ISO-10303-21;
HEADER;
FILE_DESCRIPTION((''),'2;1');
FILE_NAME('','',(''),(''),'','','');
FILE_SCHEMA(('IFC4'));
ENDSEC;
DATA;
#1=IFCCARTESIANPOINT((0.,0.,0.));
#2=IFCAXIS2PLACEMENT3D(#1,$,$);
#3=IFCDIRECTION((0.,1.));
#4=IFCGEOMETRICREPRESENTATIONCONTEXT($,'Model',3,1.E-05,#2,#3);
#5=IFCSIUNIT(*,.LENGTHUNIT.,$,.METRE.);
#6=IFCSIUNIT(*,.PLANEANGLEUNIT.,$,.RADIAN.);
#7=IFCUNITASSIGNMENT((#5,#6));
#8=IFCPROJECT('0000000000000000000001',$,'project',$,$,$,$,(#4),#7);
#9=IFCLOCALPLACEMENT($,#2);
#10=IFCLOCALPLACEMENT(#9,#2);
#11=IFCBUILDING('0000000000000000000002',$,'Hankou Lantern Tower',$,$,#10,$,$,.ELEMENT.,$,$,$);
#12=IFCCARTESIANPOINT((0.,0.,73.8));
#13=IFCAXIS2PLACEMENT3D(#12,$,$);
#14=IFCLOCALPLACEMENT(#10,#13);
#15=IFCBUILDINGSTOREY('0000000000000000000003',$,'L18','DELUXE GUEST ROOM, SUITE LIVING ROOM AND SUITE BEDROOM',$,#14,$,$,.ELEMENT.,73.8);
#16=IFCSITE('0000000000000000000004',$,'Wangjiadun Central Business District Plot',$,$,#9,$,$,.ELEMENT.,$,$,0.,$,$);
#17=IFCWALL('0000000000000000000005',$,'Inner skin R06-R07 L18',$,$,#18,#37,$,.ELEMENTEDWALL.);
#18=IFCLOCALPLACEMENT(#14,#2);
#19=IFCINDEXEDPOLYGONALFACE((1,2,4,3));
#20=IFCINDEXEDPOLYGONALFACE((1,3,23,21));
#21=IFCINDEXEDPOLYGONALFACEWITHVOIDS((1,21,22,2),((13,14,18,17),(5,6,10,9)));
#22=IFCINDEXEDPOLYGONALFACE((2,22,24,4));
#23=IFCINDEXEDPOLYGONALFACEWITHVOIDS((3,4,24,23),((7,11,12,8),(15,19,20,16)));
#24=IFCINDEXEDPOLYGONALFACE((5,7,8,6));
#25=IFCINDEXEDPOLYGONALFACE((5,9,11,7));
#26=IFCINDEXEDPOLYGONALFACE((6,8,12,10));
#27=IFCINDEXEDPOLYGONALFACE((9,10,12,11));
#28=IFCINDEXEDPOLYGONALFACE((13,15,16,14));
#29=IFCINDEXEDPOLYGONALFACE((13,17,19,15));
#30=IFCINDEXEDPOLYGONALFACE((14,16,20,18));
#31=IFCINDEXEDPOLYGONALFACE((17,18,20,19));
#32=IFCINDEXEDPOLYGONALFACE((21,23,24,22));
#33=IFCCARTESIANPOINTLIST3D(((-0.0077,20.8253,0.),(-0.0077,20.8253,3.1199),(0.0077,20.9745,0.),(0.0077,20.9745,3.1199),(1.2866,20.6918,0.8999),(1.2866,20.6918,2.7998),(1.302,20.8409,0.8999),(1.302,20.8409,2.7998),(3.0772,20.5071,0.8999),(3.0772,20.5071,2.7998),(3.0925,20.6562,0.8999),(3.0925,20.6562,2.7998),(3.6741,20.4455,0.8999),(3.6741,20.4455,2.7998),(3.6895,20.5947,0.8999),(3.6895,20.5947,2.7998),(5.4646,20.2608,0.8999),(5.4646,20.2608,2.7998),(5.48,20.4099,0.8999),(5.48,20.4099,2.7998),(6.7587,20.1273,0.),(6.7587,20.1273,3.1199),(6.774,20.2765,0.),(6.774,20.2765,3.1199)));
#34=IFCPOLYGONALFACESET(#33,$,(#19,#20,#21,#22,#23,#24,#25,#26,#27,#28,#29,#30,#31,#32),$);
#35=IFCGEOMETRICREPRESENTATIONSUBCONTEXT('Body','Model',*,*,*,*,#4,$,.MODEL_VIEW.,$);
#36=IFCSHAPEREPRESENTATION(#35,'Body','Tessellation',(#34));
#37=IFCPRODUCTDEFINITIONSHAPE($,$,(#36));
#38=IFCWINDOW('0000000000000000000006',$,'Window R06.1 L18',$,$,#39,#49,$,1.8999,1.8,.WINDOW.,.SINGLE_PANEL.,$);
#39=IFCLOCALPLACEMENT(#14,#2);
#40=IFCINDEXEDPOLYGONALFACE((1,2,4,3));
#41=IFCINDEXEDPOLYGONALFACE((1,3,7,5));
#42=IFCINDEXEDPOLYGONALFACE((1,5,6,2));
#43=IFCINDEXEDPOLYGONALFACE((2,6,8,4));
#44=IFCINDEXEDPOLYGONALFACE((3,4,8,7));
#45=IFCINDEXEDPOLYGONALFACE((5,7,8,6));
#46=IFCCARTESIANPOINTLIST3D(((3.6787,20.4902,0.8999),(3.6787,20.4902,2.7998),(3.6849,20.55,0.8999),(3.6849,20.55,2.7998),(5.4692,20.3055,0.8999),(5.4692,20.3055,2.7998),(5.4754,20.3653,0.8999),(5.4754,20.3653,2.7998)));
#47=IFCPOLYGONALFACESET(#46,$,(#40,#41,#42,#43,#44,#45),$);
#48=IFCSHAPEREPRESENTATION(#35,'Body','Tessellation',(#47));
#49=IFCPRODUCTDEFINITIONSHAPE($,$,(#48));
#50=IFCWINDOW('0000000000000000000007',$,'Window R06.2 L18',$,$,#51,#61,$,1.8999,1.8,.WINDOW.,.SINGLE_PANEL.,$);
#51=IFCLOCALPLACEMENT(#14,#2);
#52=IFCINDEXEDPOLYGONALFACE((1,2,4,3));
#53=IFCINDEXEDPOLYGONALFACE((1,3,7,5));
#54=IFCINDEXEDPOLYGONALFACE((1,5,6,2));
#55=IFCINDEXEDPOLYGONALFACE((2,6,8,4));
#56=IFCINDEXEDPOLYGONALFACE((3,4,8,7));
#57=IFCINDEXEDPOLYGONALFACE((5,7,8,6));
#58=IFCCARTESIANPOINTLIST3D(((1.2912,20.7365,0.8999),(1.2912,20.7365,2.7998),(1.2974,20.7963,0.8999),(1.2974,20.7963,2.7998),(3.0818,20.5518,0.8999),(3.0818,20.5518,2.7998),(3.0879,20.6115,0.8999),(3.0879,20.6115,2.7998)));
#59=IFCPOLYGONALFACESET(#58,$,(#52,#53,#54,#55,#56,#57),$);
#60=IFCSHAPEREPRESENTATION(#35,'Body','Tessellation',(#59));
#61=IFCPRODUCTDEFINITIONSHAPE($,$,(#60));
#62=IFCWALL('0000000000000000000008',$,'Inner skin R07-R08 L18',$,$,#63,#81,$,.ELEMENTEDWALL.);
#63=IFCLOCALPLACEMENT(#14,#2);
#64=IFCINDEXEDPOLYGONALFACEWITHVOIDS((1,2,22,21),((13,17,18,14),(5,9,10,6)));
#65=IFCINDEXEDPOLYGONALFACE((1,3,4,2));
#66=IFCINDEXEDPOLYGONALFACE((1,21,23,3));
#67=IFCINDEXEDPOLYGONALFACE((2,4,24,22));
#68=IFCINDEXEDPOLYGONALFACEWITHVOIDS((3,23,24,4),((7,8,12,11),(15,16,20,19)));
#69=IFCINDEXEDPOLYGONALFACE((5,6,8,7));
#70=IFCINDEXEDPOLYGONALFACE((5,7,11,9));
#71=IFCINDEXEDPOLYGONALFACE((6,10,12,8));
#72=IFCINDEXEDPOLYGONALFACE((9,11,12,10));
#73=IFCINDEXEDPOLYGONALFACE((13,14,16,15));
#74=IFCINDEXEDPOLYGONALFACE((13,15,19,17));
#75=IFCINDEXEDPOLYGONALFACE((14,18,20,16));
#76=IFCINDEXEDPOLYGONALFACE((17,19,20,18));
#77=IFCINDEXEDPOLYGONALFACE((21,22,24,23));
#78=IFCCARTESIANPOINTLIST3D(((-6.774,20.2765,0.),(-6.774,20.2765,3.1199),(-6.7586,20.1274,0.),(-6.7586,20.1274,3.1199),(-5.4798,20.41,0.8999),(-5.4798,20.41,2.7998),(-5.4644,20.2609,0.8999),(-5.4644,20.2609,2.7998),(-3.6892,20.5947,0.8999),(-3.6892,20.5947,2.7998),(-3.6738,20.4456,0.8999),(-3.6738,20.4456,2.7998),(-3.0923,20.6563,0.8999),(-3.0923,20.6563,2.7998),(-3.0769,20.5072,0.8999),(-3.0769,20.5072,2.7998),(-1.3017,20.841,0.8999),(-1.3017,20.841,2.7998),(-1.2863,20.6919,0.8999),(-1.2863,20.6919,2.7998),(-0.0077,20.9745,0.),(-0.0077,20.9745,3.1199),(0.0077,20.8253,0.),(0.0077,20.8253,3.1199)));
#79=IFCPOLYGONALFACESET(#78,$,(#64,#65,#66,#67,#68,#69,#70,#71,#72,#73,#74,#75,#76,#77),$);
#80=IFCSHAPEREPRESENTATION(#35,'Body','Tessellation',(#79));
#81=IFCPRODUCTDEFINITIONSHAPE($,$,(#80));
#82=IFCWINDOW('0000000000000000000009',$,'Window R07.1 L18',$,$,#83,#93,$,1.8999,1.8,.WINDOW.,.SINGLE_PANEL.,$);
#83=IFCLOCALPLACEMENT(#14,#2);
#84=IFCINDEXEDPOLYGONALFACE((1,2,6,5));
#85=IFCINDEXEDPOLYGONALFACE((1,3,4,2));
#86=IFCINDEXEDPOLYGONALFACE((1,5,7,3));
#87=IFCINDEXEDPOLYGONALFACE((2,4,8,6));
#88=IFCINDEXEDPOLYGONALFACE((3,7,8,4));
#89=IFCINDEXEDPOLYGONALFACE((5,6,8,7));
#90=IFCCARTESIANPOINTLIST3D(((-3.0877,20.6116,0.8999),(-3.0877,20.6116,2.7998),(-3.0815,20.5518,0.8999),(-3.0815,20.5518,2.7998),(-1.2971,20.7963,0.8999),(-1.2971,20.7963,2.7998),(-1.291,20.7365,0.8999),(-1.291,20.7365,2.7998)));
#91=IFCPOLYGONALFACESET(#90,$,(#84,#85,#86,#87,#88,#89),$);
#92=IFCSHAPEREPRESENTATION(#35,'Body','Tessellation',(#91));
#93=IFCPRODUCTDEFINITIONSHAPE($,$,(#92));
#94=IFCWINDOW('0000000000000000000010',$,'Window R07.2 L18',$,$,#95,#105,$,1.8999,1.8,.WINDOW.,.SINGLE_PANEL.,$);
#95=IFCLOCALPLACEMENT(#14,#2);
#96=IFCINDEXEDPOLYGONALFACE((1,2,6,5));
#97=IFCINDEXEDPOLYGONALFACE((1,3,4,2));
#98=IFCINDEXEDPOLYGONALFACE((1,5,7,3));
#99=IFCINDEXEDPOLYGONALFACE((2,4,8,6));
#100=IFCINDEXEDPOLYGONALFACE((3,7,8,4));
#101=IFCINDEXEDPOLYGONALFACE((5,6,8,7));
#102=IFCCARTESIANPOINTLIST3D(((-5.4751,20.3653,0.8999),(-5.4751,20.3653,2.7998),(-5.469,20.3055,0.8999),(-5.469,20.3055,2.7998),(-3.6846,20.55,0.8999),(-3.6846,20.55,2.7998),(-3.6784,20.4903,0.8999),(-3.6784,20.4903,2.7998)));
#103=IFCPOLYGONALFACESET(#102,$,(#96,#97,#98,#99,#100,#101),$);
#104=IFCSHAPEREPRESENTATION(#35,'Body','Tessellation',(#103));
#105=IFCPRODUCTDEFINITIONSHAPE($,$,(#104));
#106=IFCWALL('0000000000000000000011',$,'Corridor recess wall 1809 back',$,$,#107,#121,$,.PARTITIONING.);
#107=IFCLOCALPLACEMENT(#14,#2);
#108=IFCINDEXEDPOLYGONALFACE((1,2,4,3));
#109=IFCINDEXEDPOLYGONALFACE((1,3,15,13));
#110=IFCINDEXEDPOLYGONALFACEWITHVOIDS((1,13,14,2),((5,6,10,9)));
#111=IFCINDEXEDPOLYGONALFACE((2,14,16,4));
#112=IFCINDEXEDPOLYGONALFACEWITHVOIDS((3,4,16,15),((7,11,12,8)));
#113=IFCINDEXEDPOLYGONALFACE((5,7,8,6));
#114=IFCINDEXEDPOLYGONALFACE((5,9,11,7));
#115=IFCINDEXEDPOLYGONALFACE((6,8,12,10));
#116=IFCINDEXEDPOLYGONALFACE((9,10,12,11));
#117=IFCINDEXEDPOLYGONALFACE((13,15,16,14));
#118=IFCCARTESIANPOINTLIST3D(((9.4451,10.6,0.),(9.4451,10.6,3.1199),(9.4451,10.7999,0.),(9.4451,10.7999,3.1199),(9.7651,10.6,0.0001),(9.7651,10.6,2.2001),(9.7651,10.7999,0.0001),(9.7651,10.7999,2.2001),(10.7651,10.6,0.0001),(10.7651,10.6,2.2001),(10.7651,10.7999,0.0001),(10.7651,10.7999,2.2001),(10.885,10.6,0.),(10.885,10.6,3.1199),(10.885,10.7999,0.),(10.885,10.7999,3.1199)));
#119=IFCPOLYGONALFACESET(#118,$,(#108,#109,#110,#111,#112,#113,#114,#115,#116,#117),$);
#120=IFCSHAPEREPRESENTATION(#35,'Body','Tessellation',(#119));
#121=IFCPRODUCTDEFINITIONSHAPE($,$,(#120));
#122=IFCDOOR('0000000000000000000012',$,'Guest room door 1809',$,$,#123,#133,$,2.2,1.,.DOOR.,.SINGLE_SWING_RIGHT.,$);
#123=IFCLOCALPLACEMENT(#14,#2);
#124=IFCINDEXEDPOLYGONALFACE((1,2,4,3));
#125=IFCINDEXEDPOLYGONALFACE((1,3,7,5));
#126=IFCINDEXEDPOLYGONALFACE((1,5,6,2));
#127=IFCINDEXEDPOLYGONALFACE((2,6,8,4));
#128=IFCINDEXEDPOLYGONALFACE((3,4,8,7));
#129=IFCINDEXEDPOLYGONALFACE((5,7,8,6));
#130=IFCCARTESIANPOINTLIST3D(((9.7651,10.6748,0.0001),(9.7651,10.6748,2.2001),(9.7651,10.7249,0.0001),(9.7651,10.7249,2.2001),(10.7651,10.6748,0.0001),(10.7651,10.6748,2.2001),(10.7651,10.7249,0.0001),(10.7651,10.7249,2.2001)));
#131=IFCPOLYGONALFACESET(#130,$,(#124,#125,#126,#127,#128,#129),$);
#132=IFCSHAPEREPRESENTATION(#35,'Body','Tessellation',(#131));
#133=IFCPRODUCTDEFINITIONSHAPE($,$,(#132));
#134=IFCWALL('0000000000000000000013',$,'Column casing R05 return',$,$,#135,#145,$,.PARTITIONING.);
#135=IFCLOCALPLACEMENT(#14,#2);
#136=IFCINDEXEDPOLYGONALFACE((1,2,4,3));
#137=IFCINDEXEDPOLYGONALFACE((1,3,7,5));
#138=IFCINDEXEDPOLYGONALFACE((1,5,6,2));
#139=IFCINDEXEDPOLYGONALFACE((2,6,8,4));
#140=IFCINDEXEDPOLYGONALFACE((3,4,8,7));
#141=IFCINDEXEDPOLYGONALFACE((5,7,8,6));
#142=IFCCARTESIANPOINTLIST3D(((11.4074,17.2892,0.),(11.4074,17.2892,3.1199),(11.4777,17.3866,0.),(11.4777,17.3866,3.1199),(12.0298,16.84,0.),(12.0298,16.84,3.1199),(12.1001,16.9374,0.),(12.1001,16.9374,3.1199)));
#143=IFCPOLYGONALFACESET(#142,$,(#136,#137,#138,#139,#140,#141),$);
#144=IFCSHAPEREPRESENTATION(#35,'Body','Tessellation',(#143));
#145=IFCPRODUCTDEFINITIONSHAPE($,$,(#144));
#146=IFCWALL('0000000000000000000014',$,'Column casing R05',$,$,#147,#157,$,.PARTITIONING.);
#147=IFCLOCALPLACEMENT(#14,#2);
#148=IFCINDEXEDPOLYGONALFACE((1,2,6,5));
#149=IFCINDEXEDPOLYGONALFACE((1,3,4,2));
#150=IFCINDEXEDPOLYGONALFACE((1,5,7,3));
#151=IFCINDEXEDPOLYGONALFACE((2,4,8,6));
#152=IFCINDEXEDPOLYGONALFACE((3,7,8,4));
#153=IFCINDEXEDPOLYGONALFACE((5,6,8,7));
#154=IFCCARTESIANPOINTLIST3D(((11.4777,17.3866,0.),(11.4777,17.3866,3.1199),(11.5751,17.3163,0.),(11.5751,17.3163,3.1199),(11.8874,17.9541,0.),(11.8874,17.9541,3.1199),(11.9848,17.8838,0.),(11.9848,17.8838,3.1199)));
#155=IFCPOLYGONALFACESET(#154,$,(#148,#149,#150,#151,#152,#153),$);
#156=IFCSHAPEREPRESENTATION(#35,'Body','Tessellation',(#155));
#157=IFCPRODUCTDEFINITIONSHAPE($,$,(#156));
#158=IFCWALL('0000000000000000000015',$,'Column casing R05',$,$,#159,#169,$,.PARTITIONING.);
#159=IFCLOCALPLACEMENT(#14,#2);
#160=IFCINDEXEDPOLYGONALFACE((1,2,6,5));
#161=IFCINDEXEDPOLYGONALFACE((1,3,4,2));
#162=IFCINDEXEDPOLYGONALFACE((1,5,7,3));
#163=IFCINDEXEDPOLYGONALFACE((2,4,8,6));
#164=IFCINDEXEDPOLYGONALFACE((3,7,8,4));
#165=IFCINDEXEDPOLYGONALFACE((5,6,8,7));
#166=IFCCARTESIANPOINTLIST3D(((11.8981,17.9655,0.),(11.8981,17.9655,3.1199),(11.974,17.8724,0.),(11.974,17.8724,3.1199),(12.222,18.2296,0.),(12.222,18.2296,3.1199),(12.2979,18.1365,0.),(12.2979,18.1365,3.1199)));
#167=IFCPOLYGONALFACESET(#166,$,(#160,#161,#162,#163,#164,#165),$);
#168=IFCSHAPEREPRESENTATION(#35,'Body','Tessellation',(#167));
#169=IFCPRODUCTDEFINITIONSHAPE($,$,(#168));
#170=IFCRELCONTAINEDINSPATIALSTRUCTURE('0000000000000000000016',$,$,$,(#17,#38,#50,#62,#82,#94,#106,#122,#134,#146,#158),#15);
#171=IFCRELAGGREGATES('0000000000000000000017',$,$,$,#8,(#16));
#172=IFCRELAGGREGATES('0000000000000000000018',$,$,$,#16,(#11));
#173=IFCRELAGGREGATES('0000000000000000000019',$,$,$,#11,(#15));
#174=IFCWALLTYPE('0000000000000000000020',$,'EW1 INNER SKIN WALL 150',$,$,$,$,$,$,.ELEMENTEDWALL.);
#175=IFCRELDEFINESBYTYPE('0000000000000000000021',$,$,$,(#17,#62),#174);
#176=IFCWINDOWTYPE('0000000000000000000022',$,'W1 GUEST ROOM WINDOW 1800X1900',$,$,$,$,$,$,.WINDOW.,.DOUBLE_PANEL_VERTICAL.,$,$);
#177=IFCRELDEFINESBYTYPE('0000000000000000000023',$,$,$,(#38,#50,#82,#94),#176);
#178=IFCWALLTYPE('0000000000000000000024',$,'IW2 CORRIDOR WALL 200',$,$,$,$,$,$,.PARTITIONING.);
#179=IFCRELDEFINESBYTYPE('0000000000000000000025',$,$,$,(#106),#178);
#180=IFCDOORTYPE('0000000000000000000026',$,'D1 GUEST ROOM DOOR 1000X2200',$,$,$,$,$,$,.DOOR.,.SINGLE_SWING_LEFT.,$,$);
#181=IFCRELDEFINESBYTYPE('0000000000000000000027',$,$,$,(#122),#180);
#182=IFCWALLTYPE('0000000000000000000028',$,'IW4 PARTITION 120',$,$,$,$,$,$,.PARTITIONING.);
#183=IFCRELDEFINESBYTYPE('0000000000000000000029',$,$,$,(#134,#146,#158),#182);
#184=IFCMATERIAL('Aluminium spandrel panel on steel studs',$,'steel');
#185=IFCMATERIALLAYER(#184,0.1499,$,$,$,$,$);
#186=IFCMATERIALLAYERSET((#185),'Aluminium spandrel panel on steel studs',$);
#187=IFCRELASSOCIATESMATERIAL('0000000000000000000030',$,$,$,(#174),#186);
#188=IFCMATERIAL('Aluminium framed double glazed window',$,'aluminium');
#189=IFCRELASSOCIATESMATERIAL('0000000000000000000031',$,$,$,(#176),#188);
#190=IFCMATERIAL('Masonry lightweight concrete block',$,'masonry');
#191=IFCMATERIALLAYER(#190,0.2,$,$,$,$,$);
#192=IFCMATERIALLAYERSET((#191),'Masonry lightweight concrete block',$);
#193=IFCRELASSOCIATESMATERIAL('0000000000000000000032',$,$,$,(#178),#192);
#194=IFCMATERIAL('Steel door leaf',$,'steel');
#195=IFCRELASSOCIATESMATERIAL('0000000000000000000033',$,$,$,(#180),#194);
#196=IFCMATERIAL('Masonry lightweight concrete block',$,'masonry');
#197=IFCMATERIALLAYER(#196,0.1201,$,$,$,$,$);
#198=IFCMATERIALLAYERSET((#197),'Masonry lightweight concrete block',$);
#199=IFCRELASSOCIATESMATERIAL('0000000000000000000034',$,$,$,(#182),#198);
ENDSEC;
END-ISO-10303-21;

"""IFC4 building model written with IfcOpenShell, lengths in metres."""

from ifc_helpers import new_model, si_unit, direction, frame, frame_2d, origin, place, context, subcontext, project, spatial, rectangle, extrude, material, layer, layer_set, type_object, element, fill, save


model = new_model("IFC4")

# Units and contexts
model_context = context("Model", 3, precision=1e-05, world=origin(), true_north=direction((0.0, 1.0)))
body_context = subcontext(model_context, "Body", "Model", "MODEL_VIEW")
ifc_project = project(units=[si_unit("LENGTHUNIT", "METRE"), si_unit("PLANEANGLEUNIT", "RADIAN")], contexts=[model_context])

# Site, building, storey
site_placement = place(None, origin())
site = spatial("IfcSite", under=ifc_project, at=site_placement, Name="Wangjiadun Central Business District Plot", CompositionType="ELEMENT", RefElevation=0.0)
building_placement = place(site_placement, origin())
building = spatial("IfcBuilding", under=site, at=building_placement, Name="Hankou Lantern Tower", CompositionType="ELEMENT")
storey_placement = place(building_placement, frame((0.0, 0.0, 73.8)))
storey = spatial("IfcBuildingStorey", under=building, at=storey_placement, Name="L18", Description="DELUXE GUEST ROOM, SUITE LIVING ROOM AND SUITE BEDROOM", CompositionType="ELEMENT", Elevation=73.8)

# Walls, openings, windows
ifc_material_1 = material(Name="Aluminium spandrel panel on steel studs", Category="steel")
ifc_layer_1 = layer(ifc_material_1, 0.1499)
ifc_layer_set_1 = layer_set([ifc_layer_1], Name="Aluminium spandrel panel on steel studs")
wall_type_1 = type_object("IfcWallType", Name="EW1 INNER SKIN WALL 150", PredefinedType="ELEMENTEDWALL", material=ifc_layer_set_1)
wall_1_placement = place(storey_placement, frame((6.7664, 20.2019, 0.0), z_axis=(0.0, 0.0, 1.0), x_axis=(-0.994721, 0.102613, 0.0)))
wall_1 = element("IfcWall", 1, at=wall_1_placement, inside=storey, type_object=wall_type_1, Name="Inner skin R06-R07 L18", PredefinedType="ELEMENTEDWALL", context=body_context, shape_type="SweptSolid", body=[
    extrude(rectangle(XDim=6.8022, YDim=0.1499, at=frame_2d((3.4011, 0.0))), origin(), (0.0, 0.0, 1.0), 3.1199),
])
opening_1_placement = place(wall_1_placement, frame((1.301, 0.0, 0.8999)))
opening_1 = element("IfcOpeningElement", 2, at=opening_1_placement, cuts=wall_1, PredefinedType="OPENING", context=body_context, shape_type="SweptSolid", body=[
    extrude(rectangle(XDim=1.8, YDim=1.8999, at=frame_2d((0.8999, 0.95))), frame((0.0, 0.085, 0.0), z_axis=(0.0, -1.0, 0.0), x_axis=(1.0, 0.0, 0.0)), (0.0, 0.0, 1.0), 0.1699),
])
opening_2_placement = place(wall_1_placement, frame((3.7012, 0.0, 0.8999)))
opening_2 = element("IfcOpeningElement", 3, at=opening_2_placement, cuts=wall_1, PredefinedType="OPENING", context=body_context, shape_type="SweptSolid", body=[
    extrude(rectangle(XDim=1.8, YDim=1.8999, at=frame_2d((0.8999, 0.95))), frame((0.0, 0.085, 0.0), z_axis=(0.0, -1.0, 0.0), x_axis=(1.0, 0.0, 0.0)), (0.0, 0.0, 1.0), 0.1699),
])
ifc_material_2 = material(Name="Aluminium framed double glazed window", Category="aluminium")
window_type = type_object("IfcWindowType", Name="W1 GUEST ROOM WINDOW 1800X1900", PartitioningType="DOUBLE_PANEL_VERTICAL", PredefinedType="WINDOW", material=ifc_material_2)
window_1_placement = place(opening_1_placement, origin())
window_1 = element("IfcWindow", 4, at=window_1_placement, inside=storey, type_object=window_type, Name="Window R06.1 L18", OverallHeight=1.8999, OverallWidth=1.8, PartitioningType="SINGLE_PANEL", PredefinedType="WINDOW", context=body_context, shape_type="SweptSolid", body=[
    extrude(rectangle(XDim=1.8, YDim=1.8999, at=frame_2d((0.8999, 0.95))), frame((0.0, 0.03, 0.0), z_axis=(0.0, -1.0, 0.0), x_axis=(1.0, 0.0, 0.0)), (0.0, 0.0, 1.0), 0.0601),
])
fill(opening_1, window_1)
window_2_placement = place(opening_2_placement, origin())
window_2 = element("IfcWindow", 5, at=window_2_placement, inside=storey, type_object=window_type, Name="Window R06.2 L18", OverallHeight=1.8999, OverallWidth=1.8, PartitioningType="SINGLE_PANEL", PredefinedType="WINDOW", context=body_context, shape_type="SweptSolid", body=[
    extrude(rectangle(XDim=1.8, YDim=1.8999, at=frame_2d((0.8999, 0.95))), frame((0.0, 0.03, 0.0), z_axis=(0.0, -1.0, 0.0), x_axis=(1.0, 0.0, 0.0)), (0.0, 0.0, 1.0), 0.0601),
])
fill(opening_2, window_2)
wall_2_placement = place(storey_placement, frame((0.0, 20.8999, 0.0), z_axis=(0.0, 0.0, 1.0), x_axis=(-0.994721, -0.102613, 0.0)))
wall_2 = element("IfcWall", 6, at=wall_2_placement, inside=storey, type_object=wall_type_1, Name="Inner skin R07-R08 L18", PredefinedType="ELEMENTEDWALL", context=body_context, shape_type="SweptSolid", body=[
    extrude(rectangle(XDim=6.8022, YDim=0.1499, at=frame_2d((3.4011, 0.0))), origin(), (0.0, 0.0, 1.0), 3.1199),
])
opening_3_placement = place(wall_2_placement, frame((1.301, 0.0, 0.8999)))
opening_3 = element("IfcOpeningElement", 7, at=opening_3_placement, cuts=wall_2, PredefinedType="OPENING", context=body_context, shape_type="SweptSolid", body=[
    extrude(rectangle(XDim=1.8, YDim=1.8999, at=frame_2d((0.8999, 0.95))), frame((0.0, 0.085, 0.0), z_axis=(0.0, -1.0, 0.0), x_axis=(1.0, 0.0, 0.0)), (0.0, 0.0, 1.0), 0.1699),
])
opening_4_placement = place(wall_2_placement, frame((3.7012, 0.0, 0.8999)))
opening_4 = element("IfcOpeningElement", 8, at=opening_4_placement, cuts=wall_2, PredefinedType="OPENING", context=body_context, shape_type="SweptSolid", body=[
    extrude(rectangle(XDim=1.8, YDim=1.8999, at=frame_2d((0.8999, 0.95))), frame((0.0, 0.085, 0.0), z_axis=(0.0, -1.0, 0.0), x_axis=(1.0, 0.0, 0.0)), (0.0, 0.0, 1.0), 0.1699),
])
window_3_placement = place(opening_3_placement, origin())
window_3 = element("IfcWindow", 9, at=window_3_placement, inside=storey, type_object=window_type, Name="Window R07.1 L18", OverallHeight=1.8999, OverallWidth=1.8, PartitioningType="SINGLE_PANEL", PredefinedType="WINDOW", context=body_context, shape_type="SweptSolid", body=[
    extrude(rectangle(XDim=1.8, YDim=1.8999, at=frame_2d((0.8999, 0.95))), frame((0.0, 0.03, 0.0), z_axis=(0.0, -1.0, 0.0), x_axis=(1.0, 0.0, 0.0)), (0.0, 0.0, 1.0), 0.0601),
])
fill(opening_3, window_3)
window_4_placement = place(opening_4_placement, origin())
window_4 = element("IfcWindow", 10, at=window_4_placement, inside=storey, type_object=window_type, Name="Window R07.2 L18", OverallHeight=1.8999, OverallWidth=1.8, PartitioningType="SINGLE_PANEL", PredefinedType="WINDOW", context=body_context, shape_type="SweptSolid", body=[
    extrude(rectangle(XDim=1.8, YDim=1.8999, at=frame_2d((0.8999, 0.95))), frame((0.0, 0.03, 0.0), z_axis=(0.0, -1.0, 0.0), x_axis=(1.0, 0.0, 0.0)), (0.0, 0.0, 1.0), 0.0601),
])
fill(opening_4, window_4)

# Wall, opening, door
ifc_material_3 = material(Name="Masonry lightweight concrete block", Category="masonry")
ifc_layer_2 = layer(ifc_material_3, 0.2)
ifc_layer_set_2 = layer_set([ifc_layer_2], Name="Masonry lightweight concrete block")
wall_type_2 = type_object("IfcWallType", Name="IW2 CORRIDOR WALL 200", PredefinedType="PARTITIONING", material=ifc_layer_set_2)
wall_3_placement = place(storey_placement, frame((9.4451, 10.7, 0.0), z_axis=(0.0, 0.0, 1.0), x_axis=(1.0, 0.0, 0.0)))
wall_3 = element("IfcWall", 11, at=wall_3_placement, inside=storey, type_object=wall_type_2, Name="Corridor recess wall 1809 back", PredefinedType="PARTITIONING", context=body_context, shape_type="SweptSolid", body=[
    extrude(rectangle(XDim=1.4399, YDim=0.2, at=frame_2d((0.72, 0.0))), origin(), (0.0, 0.0, 1.0), 3.1199),
])
opening_5_placement = place(wall_3_placement, frame((0.3201, 0.0, 0.0)))
opening_5 = element("IfcOpeningElement", 12, at=opening_5_placement, cuts=wall_3, PredefinedType="OPENING", context=body_context, shape_type="SweptSolid", body=[
    extrude(rectangle(XDim=1.0, YDim=2.2, at=frame_2d((0.5, 1.1001))), frame((0.0, 0.1099, 0.0), z_axis=(0.0, -1.0, 0.0), x_axis=(1.0, 0.0, 0.0)), (0.0, 0.0, 1.0), 0.22),
])
ifc_material_4 = material(Name="Steel door leaf", Category="steel")
door_type = type_object("IfcDoorType", Name="D1 GUEST ROOM DOOR 1000X2200", OperationType="SINGLE_SWING_LEFT", PredefinedType="DOOR", material=ifc_material_4)
door_placement = place(opening_5_placement, origin())
door = element("IfcDoor", 13, at=door_placement, inside=storey, type_object=door_type, Name="Guest room door 1809", OperationType="SINGLE_SWING_RIGHT", OverallHeight=2.2, OverallWidth=1.0, PredefinedType="DOOR", context=body_context, shape_type="SweptSolid", body=[
    extrude(rectangle(XDim=1.0, YDim=2.2, at=frame_2d((0.5, 1.1001))), frame((0.0, 0.0249, 0.0), z_axis=(0.0, -1.0, 0.0), x_axis=(1.0, 0.0, 0.0)), (0.0, 0.0, 1.0), 0.05),
])
fill(opening_5, door)

# Walls
ifc_material_5 = material(Name="Masonry lightweight concrete block", Category="masonry")
ifc_layer_3 = layer(ifc_material_5, 0.1201)
ifc_layer_set_3 = layer_set([ifc_layer_3], Name="Masonry lightweight concrete block")
wall_type_3 = type_object("IfcWallType", Name="IW4 PARTITION 120", PredefinedType="PARTITIONING", material=ifc_layer_set_3)
wall_4_placement = place(storey_placement, frame((12.0649, 16.8887, 0.0), z_axis=(0.0, 0.0, 1.0), x_axis=(-0.810822, 0.585293, 0.0)))
element("IfcWall", 14, at=wall_4_placement, inside=storey, type_object=wall_type_3, Name="Column casing R05 return", PredefinedType="PARTITIONING", context=body_context, shape_type="SweptSolid", body=[
    extrude(rectangle(XDim=0.7676, YDim=0.1201, at=frame_2d((0.3838, 0.0))), origin(), (0.0, 0.0, 1.0), 3.1199),
])
wall_5_placement = place(storey_placement, frame((11.5264, 17.3513, 0.0), z_axis=(0.0, 0.0, 1.0), x_axis=(0.585223, 0.810872, 0.0)))
element("IfcWall", 15, at=wall_5_placement, inside=storey, type_object=wall_type_3, Name="Column casing R05", PredefinedType="PARTITIONING", context=body_context, shape_type="SweptSolid", body=[
    extrude(rectangle(XDim=0.7, YDim=0.1201, at=frame_2d((0.3501, 0.0))), origin(), (0.0, 0.0, 1.0), 3.1199),
])
wall_6_placement = place(storey_placement, frame((11.936, 17.9189, 0.0), z_axis=(0.0, 0.0, 1.0), x_axis=(0.775023, 0.631933, 0.0)))
element("IfcWall", 16, at=wall_6_placement, inside=storey, type_object=wall_type_3, Name="Column casing R05", PredefinedType="PARTITIONING", context=body_context, shape_type="SweptSolid", body=[
    extrude(rectangle(XDim=0.418, YDim=0.1201, at=frame_2d((0.209, 0.0))), origin(), (0.0, 0.0, 1.0), 3.1199),
])

save(model, "model.ifc")
